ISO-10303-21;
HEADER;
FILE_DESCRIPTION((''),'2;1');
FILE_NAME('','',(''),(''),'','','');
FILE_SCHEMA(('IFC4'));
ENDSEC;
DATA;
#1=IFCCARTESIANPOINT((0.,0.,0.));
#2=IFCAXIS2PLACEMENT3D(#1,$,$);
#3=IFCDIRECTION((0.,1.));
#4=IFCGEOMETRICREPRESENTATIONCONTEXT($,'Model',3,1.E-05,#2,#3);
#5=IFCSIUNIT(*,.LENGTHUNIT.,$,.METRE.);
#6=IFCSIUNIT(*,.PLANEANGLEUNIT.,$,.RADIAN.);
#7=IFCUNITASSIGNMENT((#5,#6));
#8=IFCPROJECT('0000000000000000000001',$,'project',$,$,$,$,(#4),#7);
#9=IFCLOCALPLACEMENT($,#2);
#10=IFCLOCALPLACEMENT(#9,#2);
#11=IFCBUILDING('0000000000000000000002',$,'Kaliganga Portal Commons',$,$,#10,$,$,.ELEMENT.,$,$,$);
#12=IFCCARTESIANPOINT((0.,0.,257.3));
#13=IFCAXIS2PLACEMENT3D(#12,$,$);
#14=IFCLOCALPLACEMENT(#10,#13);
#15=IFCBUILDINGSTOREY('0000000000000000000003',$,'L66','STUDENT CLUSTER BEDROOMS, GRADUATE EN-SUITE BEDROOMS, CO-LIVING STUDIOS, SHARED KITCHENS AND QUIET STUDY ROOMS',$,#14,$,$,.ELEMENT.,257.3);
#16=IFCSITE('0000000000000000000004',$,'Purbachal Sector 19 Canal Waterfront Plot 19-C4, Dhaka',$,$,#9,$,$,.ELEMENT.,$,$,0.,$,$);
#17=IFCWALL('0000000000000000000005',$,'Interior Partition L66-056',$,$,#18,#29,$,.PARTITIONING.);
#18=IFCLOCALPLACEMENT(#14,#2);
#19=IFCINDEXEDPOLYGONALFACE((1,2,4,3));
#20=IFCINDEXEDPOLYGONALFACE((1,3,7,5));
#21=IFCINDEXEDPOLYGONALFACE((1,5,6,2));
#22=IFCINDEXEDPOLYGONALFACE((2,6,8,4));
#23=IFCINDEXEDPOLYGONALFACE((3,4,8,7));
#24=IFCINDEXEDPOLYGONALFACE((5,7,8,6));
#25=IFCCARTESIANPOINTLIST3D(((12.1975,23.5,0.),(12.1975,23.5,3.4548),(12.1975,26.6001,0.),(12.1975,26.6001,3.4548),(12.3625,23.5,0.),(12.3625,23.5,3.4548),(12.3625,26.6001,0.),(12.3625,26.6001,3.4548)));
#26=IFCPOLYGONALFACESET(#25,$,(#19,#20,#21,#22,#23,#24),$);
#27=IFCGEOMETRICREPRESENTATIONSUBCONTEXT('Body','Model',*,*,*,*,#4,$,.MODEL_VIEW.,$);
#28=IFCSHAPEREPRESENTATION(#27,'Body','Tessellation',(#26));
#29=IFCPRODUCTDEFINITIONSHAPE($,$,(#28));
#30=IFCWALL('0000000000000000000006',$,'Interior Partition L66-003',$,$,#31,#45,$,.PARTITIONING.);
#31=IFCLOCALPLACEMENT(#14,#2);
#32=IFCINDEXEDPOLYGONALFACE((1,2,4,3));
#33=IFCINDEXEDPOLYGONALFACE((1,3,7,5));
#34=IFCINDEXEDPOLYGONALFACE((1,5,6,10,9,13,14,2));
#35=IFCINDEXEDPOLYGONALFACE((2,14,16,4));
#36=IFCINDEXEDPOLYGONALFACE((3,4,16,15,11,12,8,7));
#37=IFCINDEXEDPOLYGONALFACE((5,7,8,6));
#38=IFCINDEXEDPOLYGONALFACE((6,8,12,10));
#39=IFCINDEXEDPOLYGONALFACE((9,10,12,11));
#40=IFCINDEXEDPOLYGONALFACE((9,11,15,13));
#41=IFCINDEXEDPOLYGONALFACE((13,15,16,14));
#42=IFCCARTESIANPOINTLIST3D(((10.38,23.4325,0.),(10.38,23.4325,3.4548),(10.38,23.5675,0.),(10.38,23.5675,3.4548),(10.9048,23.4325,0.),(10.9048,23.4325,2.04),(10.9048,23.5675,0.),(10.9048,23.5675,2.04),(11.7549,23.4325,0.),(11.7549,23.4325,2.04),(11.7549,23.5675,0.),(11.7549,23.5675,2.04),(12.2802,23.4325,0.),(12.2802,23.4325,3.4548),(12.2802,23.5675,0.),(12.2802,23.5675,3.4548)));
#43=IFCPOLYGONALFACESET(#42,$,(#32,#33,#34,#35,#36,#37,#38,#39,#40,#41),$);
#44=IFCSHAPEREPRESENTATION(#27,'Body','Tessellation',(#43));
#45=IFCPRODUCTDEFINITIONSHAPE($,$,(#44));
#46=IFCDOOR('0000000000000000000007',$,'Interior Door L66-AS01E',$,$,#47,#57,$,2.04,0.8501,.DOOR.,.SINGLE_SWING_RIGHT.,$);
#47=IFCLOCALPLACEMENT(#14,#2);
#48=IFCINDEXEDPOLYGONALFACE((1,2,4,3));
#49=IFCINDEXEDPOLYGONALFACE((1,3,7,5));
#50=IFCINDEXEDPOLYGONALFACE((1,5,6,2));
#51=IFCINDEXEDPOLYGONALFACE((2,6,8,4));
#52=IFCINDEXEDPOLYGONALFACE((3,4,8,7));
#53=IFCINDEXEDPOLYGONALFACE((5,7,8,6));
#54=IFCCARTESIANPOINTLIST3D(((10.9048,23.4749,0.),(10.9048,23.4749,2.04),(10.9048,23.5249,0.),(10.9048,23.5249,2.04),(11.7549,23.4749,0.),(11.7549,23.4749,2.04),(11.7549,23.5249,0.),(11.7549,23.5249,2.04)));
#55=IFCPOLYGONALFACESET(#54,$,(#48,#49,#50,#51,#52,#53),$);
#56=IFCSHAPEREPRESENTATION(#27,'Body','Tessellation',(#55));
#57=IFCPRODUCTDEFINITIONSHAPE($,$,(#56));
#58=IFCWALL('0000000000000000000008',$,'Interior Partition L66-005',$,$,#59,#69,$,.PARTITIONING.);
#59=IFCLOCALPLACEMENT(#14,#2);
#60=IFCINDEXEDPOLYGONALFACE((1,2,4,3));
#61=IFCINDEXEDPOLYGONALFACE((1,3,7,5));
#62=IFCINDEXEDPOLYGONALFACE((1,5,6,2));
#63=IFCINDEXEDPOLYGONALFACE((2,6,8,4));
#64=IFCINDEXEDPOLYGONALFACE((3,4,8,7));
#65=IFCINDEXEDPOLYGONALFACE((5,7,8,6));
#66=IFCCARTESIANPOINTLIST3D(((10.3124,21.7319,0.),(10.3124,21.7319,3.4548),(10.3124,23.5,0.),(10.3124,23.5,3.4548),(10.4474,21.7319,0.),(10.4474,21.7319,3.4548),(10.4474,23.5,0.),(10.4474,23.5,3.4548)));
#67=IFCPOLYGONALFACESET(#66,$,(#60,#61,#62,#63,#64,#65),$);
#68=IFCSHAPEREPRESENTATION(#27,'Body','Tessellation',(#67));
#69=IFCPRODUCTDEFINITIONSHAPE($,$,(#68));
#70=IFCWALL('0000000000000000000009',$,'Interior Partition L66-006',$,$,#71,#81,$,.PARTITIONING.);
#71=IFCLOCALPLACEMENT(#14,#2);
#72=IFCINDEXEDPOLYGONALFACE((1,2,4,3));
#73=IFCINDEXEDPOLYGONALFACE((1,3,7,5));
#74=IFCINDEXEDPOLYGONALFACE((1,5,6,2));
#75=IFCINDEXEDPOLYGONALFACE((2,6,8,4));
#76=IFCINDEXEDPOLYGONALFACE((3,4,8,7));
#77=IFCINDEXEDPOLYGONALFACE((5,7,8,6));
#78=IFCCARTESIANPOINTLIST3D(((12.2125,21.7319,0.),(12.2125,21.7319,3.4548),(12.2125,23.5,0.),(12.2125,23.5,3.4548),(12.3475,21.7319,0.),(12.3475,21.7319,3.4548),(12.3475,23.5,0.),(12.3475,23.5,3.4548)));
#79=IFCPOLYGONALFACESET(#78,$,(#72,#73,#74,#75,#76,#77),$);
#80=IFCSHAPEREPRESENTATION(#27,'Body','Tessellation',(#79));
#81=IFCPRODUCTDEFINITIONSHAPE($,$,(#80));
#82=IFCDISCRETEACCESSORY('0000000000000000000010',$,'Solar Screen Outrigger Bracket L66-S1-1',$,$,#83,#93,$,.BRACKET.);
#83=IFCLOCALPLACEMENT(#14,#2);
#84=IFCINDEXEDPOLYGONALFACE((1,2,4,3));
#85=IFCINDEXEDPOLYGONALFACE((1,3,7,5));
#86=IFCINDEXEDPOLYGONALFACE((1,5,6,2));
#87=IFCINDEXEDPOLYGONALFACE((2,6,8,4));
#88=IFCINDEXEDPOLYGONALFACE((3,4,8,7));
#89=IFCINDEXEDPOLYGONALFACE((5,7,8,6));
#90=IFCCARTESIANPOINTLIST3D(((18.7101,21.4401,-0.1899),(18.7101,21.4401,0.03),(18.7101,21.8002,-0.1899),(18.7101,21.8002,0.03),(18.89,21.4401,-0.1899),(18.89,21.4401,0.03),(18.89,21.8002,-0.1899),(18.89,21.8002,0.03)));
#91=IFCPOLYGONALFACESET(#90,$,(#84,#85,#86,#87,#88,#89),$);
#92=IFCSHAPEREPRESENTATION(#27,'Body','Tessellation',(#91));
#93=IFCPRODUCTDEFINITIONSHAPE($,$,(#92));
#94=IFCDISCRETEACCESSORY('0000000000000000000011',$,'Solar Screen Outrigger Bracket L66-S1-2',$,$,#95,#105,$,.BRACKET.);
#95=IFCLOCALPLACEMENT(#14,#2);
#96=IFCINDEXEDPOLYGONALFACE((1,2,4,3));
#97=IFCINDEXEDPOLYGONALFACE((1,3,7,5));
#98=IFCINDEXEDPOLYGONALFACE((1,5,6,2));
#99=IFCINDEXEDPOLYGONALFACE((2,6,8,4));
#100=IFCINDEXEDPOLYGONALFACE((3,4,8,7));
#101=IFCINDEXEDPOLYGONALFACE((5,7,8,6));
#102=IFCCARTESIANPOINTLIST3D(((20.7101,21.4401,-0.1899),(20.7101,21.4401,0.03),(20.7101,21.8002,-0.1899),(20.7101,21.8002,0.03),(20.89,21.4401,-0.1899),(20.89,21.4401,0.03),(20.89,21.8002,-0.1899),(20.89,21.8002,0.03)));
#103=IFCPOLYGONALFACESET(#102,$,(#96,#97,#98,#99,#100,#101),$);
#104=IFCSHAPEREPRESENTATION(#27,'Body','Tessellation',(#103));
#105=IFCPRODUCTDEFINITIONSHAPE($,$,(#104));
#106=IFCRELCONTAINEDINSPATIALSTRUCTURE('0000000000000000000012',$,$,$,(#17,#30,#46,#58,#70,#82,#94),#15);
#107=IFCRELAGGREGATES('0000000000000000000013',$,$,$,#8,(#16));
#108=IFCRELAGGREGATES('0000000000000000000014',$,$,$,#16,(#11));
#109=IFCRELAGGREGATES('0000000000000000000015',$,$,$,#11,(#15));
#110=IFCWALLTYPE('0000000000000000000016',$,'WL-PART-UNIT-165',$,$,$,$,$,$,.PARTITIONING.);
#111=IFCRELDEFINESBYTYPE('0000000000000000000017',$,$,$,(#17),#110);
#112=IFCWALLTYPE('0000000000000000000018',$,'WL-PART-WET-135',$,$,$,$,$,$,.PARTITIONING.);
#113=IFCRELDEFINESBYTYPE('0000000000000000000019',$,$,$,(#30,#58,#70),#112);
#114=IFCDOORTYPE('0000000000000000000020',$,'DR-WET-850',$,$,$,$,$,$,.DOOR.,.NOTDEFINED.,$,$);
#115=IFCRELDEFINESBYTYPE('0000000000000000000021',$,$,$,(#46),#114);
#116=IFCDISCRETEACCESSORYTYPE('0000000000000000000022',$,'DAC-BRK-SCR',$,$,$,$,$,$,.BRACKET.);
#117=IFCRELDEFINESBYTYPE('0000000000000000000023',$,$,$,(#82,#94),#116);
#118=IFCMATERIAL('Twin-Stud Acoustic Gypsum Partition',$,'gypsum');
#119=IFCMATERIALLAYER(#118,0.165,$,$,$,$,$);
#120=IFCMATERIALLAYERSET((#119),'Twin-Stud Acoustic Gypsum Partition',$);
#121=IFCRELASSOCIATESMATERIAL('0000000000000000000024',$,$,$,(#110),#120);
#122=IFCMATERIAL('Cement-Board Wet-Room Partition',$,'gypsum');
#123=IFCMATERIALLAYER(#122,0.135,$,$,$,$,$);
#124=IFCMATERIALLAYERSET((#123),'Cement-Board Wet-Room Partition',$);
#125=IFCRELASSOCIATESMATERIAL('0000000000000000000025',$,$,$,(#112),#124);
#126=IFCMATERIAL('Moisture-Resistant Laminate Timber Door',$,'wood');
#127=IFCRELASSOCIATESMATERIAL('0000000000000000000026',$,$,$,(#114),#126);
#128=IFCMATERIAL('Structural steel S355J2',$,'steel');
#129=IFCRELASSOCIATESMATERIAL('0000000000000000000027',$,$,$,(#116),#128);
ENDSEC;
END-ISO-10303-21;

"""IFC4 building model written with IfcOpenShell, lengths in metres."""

from ifc_helpers import new_model, si_unit, direction, frame, frame_2d, origin, origin_2d, place, context, subcontext, project, spatial, rectangle, extrude, source, transform, mapped, material, layer, layer_set, type_object, element, fill, save


model = new_model("IFC4")

# Units and contexts
model_context = context("Model", 3, precision=1e-05, world=origin(), true_north=direction((0.0, 1.0)))
body_context = subcontext(model_context, "Body", "Model", "MODEL_VIEW")
ifc_project = project(units=[si_unit("LENGTHUNIT", "METRE"), si_unit("PLANEANGLEUNIT", "RADIAN")], contexts=[model_context])

# Site, building, storey
site_placement = place(None, origin())
site = spatial("IfcSite", under=ifc_project, at=site_placement, Name="Purbachal Sector 19 Canal Waterfront Plot 19-C4, Dhaka", CompositionType="ELEMENT", RefElevation=0.0)
building_placement = place(site_placement, origin())
building = spatial("IfcBuilding", under=site, at=building_placement, Name="Kaliganga Portal Commons", CompositionType="ELEMENT")
storey_placement = place(building_placement, frame((0.0, 0.0, 257.3)))
storey = spatial("IfcBuildingStorey", under=building, at=storey_placement, Name="L66", Description="STUDENT CLUSTER BEDROOMS, GRADUATE EN-SUITE BEDROOMS, CO-LIVING STUDIOS, SHARED KITCHENS AND QUIET STUDY ROOMS", CompositionType="ELEMENT", Elevation=257.3)

# Shared definitions
ifc_material_1 = material(Name="Structural steel S355J2", Category="steel")

# Wall
ifc_material_2 = material(Name="Twin-Stud Acoustic Gypsum Partition", Category="gypsum")
ifc_layer_1 = layer(ifc_material_2, 0.165)
ifc_layer_set_1 = layer_set([ifc_layer_1], Name="Twin-Stud Acoustic Gypsum Partition")
wall_type_1 = type_object("IfcWallType", Name="WL-PART-UNIT-165", PredefinedType="PARTITIONING", material=ifc_layer_set_1)
wall_1_placement = place(storey_placement, frame((12.28, 23.5, 0.0), z_axis=(0.0, 0.0, 1.0), x_axis=(0.0, 1.0, 0.0)))
element("IfcWall", 1, at=wall_1_placement, inside=storey, type_object=wall_type_1, Name="Interior Partition L66-056", PredefinedType="PARTITIONING", context=body_context, shape_type="SweptSolid", body=[
    extrude(rectangle(XDim=3.1001, YDim=0.165, at=frame_2d((1.55, 0.0))), origin(), (0.0, 0.0, 1.0), 3.4548),
])

# Wall, opening, door
ifc_material_3 = material(Name="Cement-Board Wet-Room Partition", Category="gypsum")
ifc_layer_2 = layer(ifc_material_3, 0.135)
ifc_layer_set_2 = layer_set([ifc_layer_2], Name="Cement-Board Wet-Room Partition")
wall_type_2 = type_object("IfcWallType", Name="WL-PART-WET-135", PredefinedType="PARTITIONING", material=ifc_layer_set_2)
wall_2_placement = place(storey_placement, frame((10.3799, 23.5, 0.0), z_axis=(0.0, 0.0, 1.0), x_axis=(1.0, 0.0, 0.0)))
wall_2 = element("IfcWall", 2, at=wall_2_placement, inside=storey, type_object=wall_type_2, Name="Interior Partition L66-003", PredefinedType="PARTITIONING", context=body_context, shape_type="SweptSolid", body=[
    extrude(rectangle(XDim=1.9001, YDim=0.135, at=frame_2d((0.9502, 0.0))), origin(), (0.0, 0.0, 1.0), 3.4548),
])
opening_1_placement = place(wall_2_placement, frame((0.5249, 0.0, 0.0)))
opening_1 = element("IfcOpeningElement", 3, at=opening_1_placement, cuts=wall_2, PredefinedType="OPENING", context=body_context, shape_type="SweptSolid", body=[
    extrude(rectangle(XDim=0.8501, YDim=2.04, at=frame_2d((0.425, 1.02))), frame((0.0, 0.0776, 0.0), z_axis=(0.0, -1.0, 0.0), x_axis=(1.0, 0.0, 0.0)), (0.0, 0.0, 1.0), 0.155),
])
ifc_material_4 = material(Name="Moisture-Resistant Laminate Timber Door", Category="wood")
door_type_1 = type_object("IfcDoorType", Name="DR-WET-850", OperationType="NOTDEFINED", PredefinedType="DOOR", material=ifc_material_4)
door_1_placement = place(opening_1_placement, origin())
door_1 = element("IfcDoor", 4, at=door_1_placement, inside=storey, type_object=door_type_1, Name="Interior Door L66-AS01E", OperationType="SINGLE_SWING_RIGHT", OverallHeight=2.04, OverallWidth=0.8501, PredefinedType="DOOR", context=body_context, shape_type="SweptSolid", body=[
    extrude(rectangle(XDim=0.8501, YDim=2.04, at=frame_2d((0.425, 1.02))), frame((0.0, 0.0249, 0.0), z_axis=(0.0, -1.0, 0.0), x_axis=(1.0, 0.0, 0.0)), (0.0, 0.0, 1.0), 0.05),
])
fill(opening_1, door_1)

# Walls
for number, where, z_axis, x_axis, name in (
    (5, (10.3799, 21.7319, 0.0), (0.0, 0.0, 1.0), (0.0, 1.0, 0.0), "Interior Partition L66-005"),
    (6, (12.28, 21.7319, 0.0), (0.0, 0.0, 1.0), (0.0, 1.0, 0.0), "Interior Partition L66-006"),
):
    element("IfcWall", number, at=place(storey_placement, frame(where, z_axis=z_axis, x_axis=x_axis)), inside=storey, type_object=wall_type_2, Name=name, PredefinedType="PARTITIONING", context=body_context, shape_type="SweptSolid", body=[
        extrude(rectangle(XDim=1.7681, YDim=0.135, at=frame_2d((0.884, 0.0))), origin(), (0.0, 0.0, 1.0), 3.4548),
    ])

# Discrete accessories
discrete_accessory_type = type_object("IfcDiscreteAccessoryType", Name="DAC-BRK-SCR", PredefinedType="BRACKET", material=ifc_material_1)
shared_shape_1 = source(origin(), body_context, "Body", "SweptSolid", [
    extrude(rectangle(XDim=0.1799, YDim=0.3601, at=origin_2d()), origin(), (0.0, 0.0, 1.0), 0.22),
])
for number, where, z_axis, x_axis, name in (
    (7, (18.8, 21.6201, -0.1899), (0.0, 0.0, 1.0), (1.0, 0.0, 0.0), "Solar Screen Outrigger Bracket L66-S1-1"),
    (8, (20.8, 21.6201, -0.1899), (0.0, 0.0, 1.0), (1.0, 0.0, 0.0), "Solar Screen Outrigger Bracket L66-S1-2"),
):
    element("IfcDiscreteAccessory", number, at=place(storey_placement, frame(where, z_axis=z_axis, x_axis=x_axis)), inside=storey, type_object=discrete_accessory_type, Name=name, PredefinedType="BRACKET", context=body_context, shape_type="MappedRepresentation", body=[
        mapped(shared_shape_1, transform((0.0, 0.0, 0.0), x_axis=(1.0, 0.0, 0.0), y_axis=(0.0, 1.0, 0.0), z_axis=(0.0, 0.0, 1.0), scale=1.0)),
    ])

save(model, "model.ifc")
